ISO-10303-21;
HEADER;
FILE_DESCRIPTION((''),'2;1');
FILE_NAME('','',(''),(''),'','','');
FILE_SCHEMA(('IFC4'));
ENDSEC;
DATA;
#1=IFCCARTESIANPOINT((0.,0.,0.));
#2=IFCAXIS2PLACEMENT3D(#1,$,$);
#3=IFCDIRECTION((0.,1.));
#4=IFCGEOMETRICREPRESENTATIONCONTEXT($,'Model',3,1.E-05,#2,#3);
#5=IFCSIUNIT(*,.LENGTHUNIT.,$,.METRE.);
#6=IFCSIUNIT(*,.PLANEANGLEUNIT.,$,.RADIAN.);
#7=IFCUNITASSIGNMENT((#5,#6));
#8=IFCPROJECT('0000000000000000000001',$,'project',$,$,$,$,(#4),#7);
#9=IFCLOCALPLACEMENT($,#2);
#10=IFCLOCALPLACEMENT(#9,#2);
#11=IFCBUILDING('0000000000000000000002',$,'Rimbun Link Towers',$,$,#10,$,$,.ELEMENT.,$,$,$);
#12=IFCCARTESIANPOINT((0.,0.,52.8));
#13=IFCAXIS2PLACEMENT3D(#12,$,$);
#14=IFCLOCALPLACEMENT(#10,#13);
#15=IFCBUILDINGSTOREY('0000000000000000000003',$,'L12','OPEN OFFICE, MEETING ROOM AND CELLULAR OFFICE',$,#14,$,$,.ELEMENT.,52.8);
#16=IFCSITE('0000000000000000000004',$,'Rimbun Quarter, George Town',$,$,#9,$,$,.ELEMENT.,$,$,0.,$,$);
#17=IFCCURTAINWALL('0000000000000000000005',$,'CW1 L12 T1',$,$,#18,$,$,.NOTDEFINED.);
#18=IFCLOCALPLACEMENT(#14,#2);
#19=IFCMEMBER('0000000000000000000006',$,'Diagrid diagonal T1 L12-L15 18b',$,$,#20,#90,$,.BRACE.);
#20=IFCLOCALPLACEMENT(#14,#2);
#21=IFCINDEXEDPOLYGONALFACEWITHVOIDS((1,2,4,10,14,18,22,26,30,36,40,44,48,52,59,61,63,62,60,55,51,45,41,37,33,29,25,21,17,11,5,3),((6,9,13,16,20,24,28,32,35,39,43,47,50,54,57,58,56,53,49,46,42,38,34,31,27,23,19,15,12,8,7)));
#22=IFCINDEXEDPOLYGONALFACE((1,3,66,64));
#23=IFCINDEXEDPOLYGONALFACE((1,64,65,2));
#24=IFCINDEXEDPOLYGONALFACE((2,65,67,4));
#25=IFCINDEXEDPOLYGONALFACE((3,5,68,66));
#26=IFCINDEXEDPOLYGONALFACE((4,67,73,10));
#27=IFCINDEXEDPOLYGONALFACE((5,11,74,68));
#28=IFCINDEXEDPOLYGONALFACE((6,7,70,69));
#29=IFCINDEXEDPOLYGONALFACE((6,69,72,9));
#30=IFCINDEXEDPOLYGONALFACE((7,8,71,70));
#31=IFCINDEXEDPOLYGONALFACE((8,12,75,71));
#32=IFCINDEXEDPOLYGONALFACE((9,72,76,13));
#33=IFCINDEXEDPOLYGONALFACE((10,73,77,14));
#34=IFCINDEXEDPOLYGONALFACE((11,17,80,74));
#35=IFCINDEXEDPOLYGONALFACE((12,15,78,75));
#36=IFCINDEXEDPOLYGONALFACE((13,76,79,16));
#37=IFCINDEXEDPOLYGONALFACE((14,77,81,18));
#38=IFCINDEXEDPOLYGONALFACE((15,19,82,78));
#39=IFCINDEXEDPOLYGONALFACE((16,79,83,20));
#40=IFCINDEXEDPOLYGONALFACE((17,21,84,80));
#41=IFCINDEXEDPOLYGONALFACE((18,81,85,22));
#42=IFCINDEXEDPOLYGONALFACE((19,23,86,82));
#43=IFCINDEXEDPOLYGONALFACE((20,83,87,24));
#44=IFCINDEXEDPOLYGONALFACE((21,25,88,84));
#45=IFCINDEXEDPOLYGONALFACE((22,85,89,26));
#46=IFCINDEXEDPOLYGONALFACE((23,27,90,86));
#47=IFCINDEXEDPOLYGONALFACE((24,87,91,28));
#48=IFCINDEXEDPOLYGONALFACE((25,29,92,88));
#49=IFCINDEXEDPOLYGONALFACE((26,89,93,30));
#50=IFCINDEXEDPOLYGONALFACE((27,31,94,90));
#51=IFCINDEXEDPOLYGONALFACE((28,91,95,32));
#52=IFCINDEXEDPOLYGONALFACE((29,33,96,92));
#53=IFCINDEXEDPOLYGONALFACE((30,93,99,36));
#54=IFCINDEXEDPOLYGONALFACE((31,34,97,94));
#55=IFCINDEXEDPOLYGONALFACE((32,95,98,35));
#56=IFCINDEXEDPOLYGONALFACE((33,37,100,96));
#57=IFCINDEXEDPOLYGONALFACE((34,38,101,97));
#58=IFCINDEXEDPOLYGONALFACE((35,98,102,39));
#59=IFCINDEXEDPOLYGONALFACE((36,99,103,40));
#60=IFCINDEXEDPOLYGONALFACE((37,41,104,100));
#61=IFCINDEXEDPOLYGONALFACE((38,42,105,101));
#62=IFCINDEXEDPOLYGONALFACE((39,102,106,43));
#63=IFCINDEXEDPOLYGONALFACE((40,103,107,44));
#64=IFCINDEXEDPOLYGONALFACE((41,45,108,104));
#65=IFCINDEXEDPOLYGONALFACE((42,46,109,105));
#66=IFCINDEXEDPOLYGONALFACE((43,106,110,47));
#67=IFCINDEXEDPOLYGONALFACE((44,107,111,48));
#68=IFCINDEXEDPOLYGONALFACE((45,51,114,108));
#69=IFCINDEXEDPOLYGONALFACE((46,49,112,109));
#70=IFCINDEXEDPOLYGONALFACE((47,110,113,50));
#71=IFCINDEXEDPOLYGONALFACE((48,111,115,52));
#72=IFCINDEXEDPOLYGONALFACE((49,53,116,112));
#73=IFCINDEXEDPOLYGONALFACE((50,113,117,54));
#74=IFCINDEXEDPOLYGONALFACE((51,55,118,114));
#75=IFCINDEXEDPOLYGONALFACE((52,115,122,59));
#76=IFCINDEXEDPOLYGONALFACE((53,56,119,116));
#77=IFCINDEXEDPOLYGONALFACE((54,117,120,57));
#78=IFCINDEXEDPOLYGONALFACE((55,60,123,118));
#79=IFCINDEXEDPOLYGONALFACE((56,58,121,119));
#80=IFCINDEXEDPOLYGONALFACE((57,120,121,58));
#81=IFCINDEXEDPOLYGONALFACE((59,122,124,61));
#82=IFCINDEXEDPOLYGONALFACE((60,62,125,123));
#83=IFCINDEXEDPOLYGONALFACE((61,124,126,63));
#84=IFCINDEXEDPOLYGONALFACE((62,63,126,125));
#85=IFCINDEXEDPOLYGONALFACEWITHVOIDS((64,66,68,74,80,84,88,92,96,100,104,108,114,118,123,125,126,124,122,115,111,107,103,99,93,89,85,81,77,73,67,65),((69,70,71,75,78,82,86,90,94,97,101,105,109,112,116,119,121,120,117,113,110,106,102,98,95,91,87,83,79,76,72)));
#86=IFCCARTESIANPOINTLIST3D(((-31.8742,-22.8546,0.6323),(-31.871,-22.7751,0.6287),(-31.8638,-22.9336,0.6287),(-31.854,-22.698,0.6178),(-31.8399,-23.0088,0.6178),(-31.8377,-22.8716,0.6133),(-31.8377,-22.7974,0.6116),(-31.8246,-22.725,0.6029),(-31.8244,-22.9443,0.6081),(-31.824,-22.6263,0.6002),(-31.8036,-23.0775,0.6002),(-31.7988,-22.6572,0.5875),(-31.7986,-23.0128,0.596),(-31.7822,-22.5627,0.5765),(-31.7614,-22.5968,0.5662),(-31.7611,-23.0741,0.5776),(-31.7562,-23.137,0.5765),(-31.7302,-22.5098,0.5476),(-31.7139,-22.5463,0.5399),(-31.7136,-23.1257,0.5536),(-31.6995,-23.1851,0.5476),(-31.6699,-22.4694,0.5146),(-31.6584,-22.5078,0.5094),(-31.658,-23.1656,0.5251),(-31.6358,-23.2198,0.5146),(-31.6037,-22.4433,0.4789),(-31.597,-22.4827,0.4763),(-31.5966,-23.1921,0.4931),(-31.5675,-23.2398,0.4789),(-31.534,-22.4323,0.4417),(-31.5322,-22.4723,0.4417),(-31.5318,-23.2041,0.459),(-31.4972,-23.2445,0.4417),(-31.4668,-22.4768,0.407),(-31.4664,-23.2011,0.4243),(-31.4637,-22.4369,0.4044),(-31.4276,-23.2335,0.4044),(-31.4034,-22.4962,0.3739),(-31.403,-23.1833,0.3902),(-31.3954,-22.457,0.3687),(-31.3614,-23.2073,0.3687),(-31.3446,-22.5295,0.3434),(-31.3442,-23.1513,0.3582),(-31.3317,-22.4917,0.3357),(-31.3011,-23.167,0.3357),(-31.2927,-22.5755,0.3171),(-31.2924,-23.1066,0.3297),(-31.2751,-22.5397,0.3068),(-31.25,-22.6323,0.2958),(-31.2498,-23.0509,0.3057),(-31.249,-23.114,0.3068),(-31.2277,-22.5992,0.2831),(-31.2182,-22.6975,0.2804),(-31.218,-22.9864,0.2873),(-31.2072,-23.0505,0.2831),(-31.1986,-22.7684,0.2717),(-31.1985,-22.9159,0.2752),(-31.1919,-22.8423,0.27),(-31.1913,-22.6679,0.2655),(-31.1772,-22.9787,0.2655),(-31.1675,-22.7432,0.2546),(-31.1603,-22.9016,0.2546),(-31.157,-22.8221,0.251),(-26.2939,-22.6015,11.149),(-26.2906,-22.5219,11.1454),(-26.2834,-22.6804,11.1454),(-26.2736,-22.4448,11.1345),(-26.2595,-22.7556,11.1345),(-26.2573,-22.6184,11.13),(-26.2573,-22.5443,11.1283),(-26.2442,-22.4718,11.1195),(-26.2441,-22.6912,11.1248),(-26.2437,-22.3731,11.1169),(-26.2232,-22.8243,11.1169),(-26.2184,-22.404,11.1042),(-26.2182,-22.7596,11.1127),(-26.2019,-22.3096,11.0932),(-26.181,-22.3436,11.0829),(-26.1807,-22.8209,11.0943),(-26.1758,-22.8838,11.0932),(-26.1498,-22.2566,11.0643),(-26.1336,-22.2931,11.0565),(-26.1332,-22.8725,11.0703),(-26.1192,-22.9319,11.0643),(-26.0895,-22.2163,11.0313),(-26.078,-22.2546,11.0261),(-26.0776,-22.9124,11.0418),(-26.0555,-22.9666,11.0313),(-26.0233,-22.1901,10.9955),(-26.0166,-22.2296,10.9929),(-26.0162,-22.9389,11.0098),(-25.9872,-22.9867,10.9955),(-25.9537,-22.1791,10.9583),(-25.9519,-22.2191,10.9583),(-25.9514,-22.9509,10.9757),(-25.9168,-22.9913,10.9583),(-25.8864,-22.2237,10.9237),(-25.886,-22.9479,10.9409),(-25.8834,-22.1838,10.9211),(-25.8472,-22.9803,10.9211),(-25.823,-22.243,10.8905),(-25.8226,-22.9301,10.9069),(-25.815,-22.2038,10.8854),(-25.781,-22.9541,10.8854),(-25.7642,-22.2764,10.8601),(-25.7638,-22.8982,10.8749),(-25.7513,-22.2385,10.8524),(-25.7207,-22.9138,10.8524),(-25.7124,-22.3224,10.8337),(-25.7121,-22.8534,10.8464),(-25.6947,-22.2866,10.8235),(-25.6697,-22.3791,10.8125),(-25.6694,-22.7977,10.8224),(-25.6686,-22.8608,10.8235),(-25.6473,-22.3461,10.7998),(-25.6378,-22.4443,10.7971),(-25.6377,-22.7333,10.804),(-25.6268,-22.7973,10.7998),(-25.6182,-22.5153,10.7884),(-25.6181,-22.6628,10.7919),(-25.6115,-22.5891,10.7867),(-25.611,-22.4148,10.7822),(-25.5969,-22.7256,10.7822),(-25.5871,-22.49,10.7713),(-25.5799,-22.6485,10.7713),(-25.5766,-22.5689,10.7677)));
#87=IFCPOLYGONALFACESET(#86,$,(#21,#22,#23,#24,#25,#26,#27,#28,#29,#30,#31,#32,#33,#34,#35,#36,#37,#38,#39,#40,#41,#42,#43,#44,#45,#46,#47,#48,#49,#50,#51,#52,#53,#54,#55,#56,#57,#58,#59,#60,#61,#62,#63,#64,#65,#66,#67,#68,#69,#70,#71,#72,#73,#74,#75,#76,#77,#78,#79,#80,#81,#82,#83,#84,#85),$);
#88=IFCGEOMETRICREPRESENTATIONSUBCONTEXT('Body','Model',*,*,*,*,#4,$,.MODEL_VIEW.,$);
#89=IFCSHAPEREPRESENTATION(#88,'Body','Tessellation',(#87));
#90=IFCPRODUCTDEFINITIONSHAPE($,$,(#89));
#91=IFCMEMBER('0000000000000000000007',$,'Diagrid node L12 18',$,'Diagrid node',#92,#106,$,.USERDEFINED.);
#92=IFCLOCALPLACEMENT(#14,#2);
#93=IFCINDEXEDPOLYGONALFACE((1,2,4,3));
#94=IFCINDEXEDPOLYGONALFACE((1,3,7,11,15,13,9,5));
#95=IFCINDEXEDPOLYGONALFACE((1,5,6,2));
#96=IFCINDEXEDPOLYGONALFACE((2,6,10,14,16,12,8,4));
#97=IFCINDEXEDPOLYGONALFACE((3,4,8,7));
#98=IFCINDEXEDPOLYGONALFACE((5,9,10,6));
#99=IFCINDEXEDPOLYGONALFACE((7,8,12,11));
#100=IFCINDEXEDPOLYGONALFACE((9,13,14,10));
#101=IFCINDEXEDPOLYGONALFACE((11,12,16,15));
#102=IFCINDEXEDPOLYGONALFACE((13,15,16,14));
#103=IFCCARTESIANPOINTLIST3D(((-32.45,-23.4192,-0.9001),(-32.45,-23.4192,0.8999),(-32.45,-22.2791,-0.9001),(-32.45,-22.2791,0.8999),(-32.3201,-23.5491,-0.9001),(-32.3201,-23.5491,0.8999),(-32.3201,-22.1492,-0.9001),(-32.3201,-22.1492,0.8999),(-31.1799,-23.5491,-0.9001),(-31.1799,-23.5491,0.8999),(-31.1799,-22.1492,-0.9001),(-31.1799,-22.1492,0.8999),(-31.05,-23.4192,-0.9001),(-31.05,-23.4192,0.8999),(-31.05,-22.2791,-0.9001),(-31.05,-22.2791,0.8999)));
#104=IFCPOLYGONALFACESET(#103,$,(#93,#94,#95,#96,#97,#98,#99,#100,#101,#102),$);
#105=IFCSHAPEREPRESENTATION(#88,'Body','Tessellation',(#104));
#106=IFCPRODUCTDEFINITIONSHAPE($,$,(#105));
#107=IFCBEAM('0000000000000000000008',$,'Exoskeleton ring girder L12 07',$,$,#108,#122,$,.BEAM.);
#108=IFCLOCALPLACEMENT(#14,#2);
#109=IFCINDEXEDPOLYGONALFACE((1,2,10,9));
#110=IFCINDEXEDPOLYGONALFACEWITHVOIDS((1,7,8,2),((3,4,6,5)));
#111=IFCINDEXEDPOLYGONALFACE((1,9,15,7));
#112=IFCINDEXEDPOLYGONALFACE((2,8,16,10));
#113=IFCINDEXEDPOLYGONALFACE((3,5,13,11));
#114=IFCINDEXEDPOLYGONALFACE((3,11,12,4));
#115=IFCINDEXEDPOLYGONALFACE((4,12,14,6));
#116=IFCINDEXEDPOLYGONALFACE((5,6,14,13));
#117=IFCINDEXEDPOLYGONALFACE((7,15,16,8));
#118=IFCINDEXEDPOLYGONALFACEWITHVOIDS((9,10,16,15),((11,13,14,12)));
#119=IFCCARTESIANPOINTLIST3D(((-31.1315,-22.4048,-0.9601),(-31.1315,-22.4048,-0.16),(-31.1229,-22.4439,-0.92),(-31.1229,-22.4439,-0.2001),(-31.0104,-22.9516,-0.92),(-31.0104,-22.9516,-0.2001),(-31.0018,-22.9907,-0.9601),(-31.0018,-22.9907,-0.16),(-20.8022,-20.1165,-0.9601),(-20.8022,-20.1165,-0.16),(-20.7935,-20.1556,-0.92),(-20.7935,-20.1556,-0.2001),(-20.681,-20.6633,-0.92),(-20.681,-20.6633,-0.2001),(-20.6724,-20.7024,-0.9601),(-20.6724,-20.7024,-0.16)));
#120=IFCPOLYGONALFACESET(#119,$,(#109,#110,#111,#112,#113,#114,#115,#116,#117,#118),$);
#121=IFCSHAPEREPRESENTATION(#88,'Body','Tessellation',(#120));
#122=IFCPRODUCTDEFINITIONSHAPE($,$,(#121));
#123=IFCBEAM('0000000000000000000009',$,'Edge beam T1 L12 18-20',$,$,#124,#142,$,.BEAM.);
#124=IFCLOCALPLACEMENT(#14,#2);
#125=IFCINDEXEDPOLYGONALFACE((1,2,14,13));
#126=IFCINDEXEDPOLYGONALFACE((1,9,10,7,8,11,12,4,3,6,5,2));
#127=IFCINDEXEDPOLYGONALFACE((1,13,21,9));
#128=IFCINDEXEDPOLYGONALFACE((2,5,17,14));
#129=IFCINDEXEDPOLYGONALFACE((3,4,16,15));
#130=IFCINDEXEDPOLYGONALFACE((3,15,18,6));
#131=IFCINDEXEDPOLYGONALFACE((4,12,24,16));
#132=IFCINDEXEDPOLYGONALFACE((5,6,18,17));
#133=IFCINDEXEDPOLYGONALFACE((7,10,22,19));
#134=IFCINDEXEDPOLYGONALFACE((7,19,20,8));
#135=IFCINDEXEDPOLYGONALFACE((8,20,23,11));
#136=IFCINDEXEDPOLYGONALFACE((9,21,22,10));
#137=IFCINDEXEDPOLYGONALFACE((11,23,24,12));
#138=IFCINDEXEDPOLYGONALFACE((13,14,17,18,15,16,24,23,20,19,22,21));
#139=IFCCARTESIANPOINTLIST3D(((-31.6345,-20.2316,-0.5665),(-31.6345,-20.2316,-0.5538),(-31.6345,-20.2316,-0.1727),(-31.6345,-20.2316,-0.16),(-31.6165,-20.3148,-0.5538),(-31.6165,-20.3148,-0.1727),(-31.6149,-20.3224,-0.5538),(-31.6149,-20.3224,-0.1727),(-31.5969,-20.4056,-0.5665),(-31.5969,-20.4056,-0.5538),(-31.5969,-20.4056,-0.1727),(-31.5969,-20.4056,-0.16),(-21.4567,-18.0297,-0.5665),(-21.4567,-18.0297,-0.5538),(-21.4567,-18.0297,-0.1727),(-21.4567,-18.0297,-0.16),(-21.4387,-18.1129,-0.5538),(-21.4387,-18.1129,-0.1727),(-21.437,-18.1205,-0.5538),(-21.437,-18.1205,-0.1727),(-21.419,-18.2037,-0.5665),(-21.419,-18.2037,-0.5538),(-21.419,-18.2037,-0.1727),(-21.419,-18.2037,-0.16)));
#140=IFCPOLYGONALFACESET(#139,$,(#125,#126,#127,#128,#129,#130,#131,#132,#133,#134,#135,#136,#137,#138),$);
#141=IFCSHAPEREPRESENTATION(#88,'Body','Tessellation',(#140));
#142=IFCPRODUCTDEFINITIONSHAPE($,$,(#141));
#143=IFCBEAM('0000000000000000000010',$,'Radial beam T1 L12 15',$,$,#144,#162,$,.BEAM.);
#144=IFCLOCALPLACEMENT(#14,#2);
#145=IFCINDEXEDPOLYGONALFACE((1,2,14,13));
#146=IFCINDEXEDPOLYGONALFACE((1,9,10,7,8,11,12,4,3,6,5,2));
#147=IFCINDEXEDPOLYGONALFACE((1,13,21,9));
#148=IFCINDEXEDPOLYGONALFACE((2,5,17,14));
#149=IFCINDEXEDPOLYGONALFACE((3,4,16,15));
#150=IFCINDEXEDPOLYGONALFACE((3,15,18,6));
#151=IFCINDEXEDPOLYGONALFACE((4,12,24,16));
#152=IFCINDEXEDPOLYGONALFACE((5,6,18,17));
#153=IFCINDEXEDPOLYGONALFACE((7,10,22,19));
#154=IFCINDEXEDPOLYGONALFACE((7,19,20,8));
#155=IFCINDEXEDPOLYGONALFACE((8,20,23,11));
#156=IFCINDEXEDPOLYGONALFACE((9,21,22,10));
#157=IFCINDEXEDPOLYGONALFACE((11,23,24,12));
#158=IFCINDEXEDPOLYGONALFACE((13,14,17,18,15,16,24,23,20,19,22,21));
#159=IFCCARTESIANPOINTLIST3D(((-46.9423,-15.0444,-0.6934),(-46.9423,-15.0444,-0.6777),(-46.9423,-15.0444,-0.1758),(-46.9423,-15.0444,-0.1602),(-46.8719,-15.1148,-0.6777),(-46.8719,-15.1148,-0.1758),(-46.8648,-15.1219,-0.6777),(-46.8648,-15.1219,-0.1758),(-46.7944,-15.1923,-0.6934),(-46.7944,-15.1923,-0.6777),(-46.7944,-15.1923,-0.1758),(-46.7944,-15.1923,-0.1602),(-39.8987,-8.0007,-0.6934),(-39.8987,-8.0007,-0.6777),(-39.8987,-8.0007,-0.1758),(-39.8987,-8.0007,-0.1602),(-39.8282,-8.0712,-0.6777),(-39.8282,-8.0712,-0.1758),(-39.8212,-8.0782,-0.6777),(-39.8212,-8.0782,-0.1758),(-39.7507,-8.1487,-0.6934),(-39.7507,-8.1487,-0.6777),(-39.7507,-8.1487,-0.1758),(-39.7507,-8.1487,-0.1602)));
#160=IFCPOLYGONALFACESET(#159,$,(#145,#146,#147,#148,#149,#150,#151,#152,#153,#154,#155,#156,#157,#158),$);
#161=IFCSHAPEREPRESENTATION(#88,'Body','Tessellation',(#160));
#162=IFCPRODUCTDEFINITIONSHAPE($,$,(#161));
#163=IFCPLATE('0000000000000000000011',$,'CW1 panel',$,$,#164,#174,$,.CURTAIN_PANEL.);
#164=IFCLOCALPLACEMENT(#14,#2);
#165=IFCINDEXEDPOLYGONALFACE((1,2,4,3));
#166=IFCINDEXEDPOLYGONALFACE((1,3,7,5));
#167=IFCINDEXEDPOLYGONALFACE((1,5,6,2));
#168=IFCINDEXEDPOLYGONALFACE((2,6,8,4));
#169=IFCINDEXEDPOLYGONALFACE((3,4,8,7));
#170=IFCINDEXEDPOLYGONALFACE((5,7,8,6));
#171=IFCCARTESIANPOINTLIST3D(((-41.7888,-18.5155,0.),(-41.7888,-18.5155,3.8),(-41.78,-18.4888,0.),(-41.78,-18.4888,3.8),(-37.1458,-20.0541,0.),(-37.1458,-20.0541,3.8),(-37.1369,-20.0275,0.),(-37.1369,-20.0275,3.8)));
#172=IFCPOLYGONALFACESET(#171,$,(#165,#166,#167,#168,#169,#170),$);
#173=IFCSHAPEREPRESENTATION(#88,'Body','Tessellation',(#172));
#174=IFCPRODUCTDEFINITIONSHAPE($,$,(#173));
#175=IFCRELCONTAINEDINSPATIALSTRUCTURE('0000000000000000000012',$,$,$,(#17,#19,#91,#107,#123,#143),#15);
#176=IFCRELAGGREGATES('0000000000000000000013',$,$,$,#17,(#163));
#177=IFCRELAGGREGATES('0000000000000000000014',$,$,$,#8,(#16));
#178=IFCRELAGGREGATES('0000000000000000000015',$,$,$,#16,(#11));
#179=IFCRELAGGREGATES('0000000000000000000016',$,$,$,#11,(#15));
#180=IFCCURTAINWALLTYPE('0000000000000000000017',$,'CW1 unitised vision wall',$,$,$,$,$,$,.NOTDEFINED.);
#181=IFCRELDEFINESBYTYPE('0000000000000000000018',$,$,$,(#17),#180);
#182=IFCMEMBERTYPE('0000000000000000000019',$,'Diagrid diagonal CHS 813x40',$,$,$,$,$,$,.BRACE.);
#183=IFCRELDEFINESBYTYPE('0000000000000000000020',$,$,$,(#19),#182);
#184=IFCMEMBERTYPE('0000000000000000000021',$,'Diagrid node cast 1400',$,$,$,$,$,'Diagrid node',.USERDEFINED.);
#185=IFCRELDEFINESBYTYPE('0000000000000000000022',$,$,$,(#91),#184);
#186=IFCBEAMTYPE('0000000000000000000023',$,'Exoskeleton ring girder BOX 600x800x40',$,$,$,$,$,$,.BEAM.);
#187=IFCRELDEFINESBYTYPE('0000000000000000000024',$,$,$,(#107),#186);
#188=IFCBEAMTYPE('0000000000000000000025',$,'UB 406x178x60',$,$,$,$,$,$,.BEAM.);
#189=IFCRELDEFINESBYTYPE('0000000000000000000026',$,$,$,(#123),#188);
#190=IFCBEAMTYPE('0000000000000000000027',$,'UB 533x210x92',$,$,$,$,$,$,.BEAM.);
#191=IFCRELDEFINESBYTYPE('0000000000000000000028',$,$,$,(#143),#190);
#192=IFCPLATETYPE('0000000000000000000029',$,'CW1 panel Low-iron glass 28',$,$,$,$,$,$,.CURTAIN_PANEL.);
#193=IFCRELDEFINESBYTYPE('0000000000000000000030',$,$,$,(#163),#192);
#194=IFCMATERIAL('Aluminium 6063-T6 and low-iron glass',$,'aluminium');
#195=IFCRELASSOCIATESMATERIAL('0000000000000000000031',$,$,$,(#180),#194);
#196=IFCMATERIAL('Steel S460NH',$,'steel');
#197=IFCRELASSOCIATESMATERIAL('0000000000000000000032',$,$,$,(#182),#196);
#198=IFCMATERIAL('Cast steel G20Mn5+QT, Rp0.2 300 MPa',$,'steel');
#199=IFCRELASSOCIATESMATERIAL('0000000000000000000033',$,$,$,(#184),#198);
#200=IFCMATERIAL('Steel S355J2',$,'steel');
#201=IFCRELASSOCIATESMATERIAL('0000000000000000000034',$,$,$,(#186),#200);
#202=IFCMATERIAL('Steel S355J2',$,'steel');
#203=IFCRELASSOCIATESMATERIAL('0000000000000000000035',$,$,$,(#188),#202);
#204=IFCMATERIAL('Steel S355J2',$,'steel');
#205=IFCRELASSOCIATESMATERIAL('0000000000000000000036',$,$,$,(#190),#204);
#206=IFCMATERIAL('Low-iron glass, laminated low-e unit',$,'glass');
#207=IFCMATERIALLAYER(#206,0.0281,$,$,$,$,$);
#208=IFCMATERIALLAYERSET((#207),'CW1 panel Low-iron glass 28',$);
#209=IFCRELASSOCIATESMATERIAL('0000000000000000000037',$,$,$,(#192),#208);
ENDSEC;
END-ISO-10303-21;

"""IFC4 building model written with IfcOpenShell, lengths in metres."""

from ifc_helpers import new_model, si_unit, direction, frame, origin, origin_2d, place, context, subcontext, project, spatial, polyline, rectangle, hollow_rectangle, hollow_circle, i_section, outline, extrude, material, layer, layer_set, material_profile, profile_set, type_object, element, aggregate, save


model = new_model("IFC4")

# Units and contexts
model_context = context("Model", 3, precision=1e-05, world=origin(), true_north=direction((0.0, 1.0)))
body_context = subcontext(model_context, "Body", "Model", "MODEL_VIEW")
ifc_project = project(units=[si_unit("LENGTHUNIT", "METRE"), si_unit("PLANEANGLEUNIT", "RADIAN")], contexts=[model_context])

# Site, building, storey
site_placement = place(None, origin())
site = spatial("IfcSite", under=ifc_project, at=site_placement, Name="Rimbun Quarter, George Town", CompositionType="ELEMENT", RefElevation=0.0)
building_placement = place(site_placement, origin())
building = spatial("IfcBuilding", under=site, at=building_placement, Name="Rimbun Link Towers", CompositionType="ELEMENT")
storey_placement = place(building_placement, frame((0.0, 0.0, 52.8)))
storey = spatial("IfcBuildingStorey", under=building, at=storey_placement, Name="L12", Description="OPEN OFFICE, MEETING ROOM AND CELLULAR OFFICE", CompositionType="ELEMENT", Elevation=52.8)

# Curtain wall
ifc_material_1 = material(Name="Aluminium 6063-T6 and low-iron glass", Category="aluminium")
curtain_wall_type = type_object("IfcCurtainWallType", Name="CW1 unitised vision wall", PredefinedType="NOTDEFINED", material=ifc_material_1)
curtain_wall_placement = place(storey_placement, origin())
curtain_wall = element("IfcCurtainWall", 1, at=curtain_wall_placement, inside=storey, type_object=curtain_wall_type, Name="CW1 L12 T1", PredefinedType="NOTDEFINED")

# Members
ifc_material_2 = material(Name="Steel S460NH", Category="steel")
ifc_material_profile_1 = material_profile(ifc_material_2, hollow_circle(Radius=0.4065, WallThickness=0.04, at=origin_2d()), Name="Diagrid diagonal CHS 813x40")
ifc_profile_set_1 = profile_set([ifc_material_profile_1], Name="Steel S460NH")
member_type_1 = type_object("IfcMemberType", Name="Diagrid diagonal CHS 813x40", PredefinedType="BRACE", material=ifc_profile_set_1)
for number, where, z_axis, x_axis, name in (
    (2, (-31.5156, -22.8384, 0.4417), (0.468615, 0.021261, 0.883146), (-0.045322, 0.998972, 0.0), "Diagrid diagonal T1 L12-L15 18b"),
):
    element("IfcMember", number, at=place(storey_placement, frame(where, z_axis=z_axis, x_axis=x_axis)), inside=storey, type_object=member_type_1, Name=name, PredefinedType="BRACE", context=body_context, shape_type="SweptSolid", body=[
        extrude(hollow_circle(Radius=0.4065, WallThickness=0.04, at=origin_2d()), origin(), (0.0, 0.0, 1.0), 11.9082),
    ])
ifc_material_3 = material(Name="Cast steel G20Mn5+QT, Rp0.2 300 MPa", Category="steel")
ifc_material_profile_2 = material_profile(ifc_material_3, outline(polyline([(0.7, -0.5701), (0.7, 0.5701), (0.5701, 0.7), (-0.5701, 0.7), (-0.7, 0.5701), (-0.7, -0.5701), (-0.5701, -0.7), (0.5701, -0.7), (0.7, -0.5701)])), Name="NODE 1400x1400")
ifc_profile_set_2 = profile_set([ifc_material_profile_2], Name="Cast steel G20Mn5+QT, Rp0.2 300 MPa")
member_type_2 = type_object("IfcMemberType", Name="Diagrid node cast 1400", ElementType="Diagrid node", PredefinedType="USERDEFINED", material=ifc_profile_set_2)
member_1_placement = place(storey_placement, frame((-31.75, -22.8491, -0.9001), z_axis=(0.0, 0.0, 1.0), x_axis=(0.0, -1.0, 0.0)))
element("IfcMember", 3, at=member_1_placement, inside=storey, type_object=member_type_2, Name="Diagrid node L12 18", ObjectType="Diagrid node", PredefinedType="USERDEFINED", context=body_context, shape_type="SweptSolid", body=[
    extrude(outline(polyline([(0.7, -0.5701), (0.7, 0.5701), (0.5701, 0.7), (-0.5701, 0.7), (-0.7, 0.5701), (-0.7, -0.5701), (-0.5701, -0.7), (0.5701, -0.7), (0.7, -0.5701)])), origin(), (0.0, 0.0, 1.0), 1.8),
])

# Beams
ifc_material_4 = material(Name="Steel S355J2", Category="steel")
ifc_material_profile_3 = material_profile(ifc_material_4, hollow_rectangle(XDim=0.6001, YDim=0.8, WallThickness=0.04, at=origin_2d()), Name="Exoskeleton ring girder BOX 600x800x40")
ifc_profile_set_3 = profile_set([ifc_material_profile_3], Name="Steel S355J2")
beam_type_1 = type_object("IfcBeamType", Name="Exoskeleton ring girder BOX 600x800x40", PredefinedType="BEAM", material=ifc_profile_set_3)
beam_1_placement = place(storey_placement, frame((-31.0667, -22.6978, -0.5601), z_axis=(0.976329, 0.216293, 0.0), x_axis=(-0.216293, 0.976329, 0.0)))
element("IfcBeam", 4, at=beam_1_placement, inside=storey, type_object=beam_type_1, Name="Exoskeleton ring girder L12 07", PredefinedType="BEAM", context=body_context, shape_type="SweptSolid", body=[
    extrude(hollow_rectangle(XDim=0.6001, YDim=0.8, WallThickness=0.04, at=origin_2d()), origin(), (0.0, 0.0, 1.0), 10.5798),
])
ifc_material_5 = material(Name="Steel S355J2", Category="steel")
ifc_material_profile_4 = material_profile(ifc_material_5, i_section(OverallWidth=0.178, OverallDepth=0.4065, WebThickness=0.0078, FlangeThickness=0.0127, at=origin_2d()), Name="UB 406x178x60")
ifc_profile_set_4 = profile_set([ifc_material_profile_4], Name="Steel S355J2")
beam_type_2 = type_object("IfcBeamType", Name="UB 406x178x60", PredefinedType="BEAM", material=ifc_profile_set_4)
beam_2_placement = place(storey_placement, frame((-31.6157, -20.3186, -0.3633), z_axis=(0.977389, 0.211448, 0.0), x_axis=(-0.211448, 0.977389, 0.0)))
element("IfcBeam", 5, at=beam_2_placement, inside=storey, type_object=beam_type_2, Name="Edge beam T1 L12 18-20", PredefinedType="BEAM", context=body_context, shape_type="SweptSolid", body=[
    extrude(i_section(OverallWidth=0.178, OverallDepth=0.4065, WebThickness=0.0078, FlangeThickness=0.0127, at=origin_2d()), origin(), (0.0, 0.0, 1.0), 10.4133),
])
ifc_material_6 = material(Name="Steel S355J2", Category="steel")
ifc_material_profile_5 = material_profile(ifc_material_6, i_section(OverallWidth=0.2092, OverallDepth=0.5332, WebThickness=0.01, FlangeThickness=0.0156, at=origin_2d()), Name="UB 533x210x92")
ifc_profile_set_5 = profile_set([ifc_material_profile_5], Name="Steel S355J2")
beam_type_3 = type_object("IfcBeamType", Name="UB 533x210x92", PredefinedType="BEAM", material=ifc_profile_set_5)
beam_3_placement = place(storey_placement, frame((-39.8247, -8.0747, -0.4268), z_axis=(-0.707107, -0.707107, 0.0), x_axis=(0.707107, -0.707107, 0.0)))
element("IfcBeam", 6, at=beam_3_placement, inside=storey, type_object=beam_type_3, Name="Radial beam T1 L12 15", PredefinedType="BEAM", context=body_context, shape_type="SweptSolid", body=[
    extrude(i_section(OverallWidth=0.2092, OverallDepth=0.5332, WebThickness=0.01, FlangeThickness=0.0156, at=origin_2d()), origin(), (0.0, 0.0, 1.0), 9.9612),
])

# Plate
ifc_material_7 = material(Name="Low-iron glass, laminated low-e unit", Category="glass")
ifc_layer_1 = layer(ifc_material_7, 0.0281)
ifc_layer_set_1 = layer_set([ifc_layer_1], Name="CW1 panel Low-iron glass 28")
plate_type = type_object("IfcPlateType", Name="CW1 panel Low-iron glass 28", PredefinedType="CURTAIN_PANEL", material=ifc_layer_set_1)
plate_1_placement = place(storey_placement, frame((-39.4629, -19.2715, 0.0), z_axis=(0.0, 0.0, 1.0), x_axis=(-0.949236, 0.314563, 0.0)))
plate_1 = element("IfcPlate", 7, at=plate_1_placement, type_object=plate_type, Name="CW1 panel", PredefinedType="CURTAIN_PANEL", context=body_context, shape_type="SweptSolid", body=[
    extrude(rectangle(XDim=4.8914, YDim=0.0281, at=origin_2d()), origin(), (0.0, 0.0, 1.0), 3.8),
])
aggregate(curtain_wall, [plate_1])

save(model, "model.ifc")
